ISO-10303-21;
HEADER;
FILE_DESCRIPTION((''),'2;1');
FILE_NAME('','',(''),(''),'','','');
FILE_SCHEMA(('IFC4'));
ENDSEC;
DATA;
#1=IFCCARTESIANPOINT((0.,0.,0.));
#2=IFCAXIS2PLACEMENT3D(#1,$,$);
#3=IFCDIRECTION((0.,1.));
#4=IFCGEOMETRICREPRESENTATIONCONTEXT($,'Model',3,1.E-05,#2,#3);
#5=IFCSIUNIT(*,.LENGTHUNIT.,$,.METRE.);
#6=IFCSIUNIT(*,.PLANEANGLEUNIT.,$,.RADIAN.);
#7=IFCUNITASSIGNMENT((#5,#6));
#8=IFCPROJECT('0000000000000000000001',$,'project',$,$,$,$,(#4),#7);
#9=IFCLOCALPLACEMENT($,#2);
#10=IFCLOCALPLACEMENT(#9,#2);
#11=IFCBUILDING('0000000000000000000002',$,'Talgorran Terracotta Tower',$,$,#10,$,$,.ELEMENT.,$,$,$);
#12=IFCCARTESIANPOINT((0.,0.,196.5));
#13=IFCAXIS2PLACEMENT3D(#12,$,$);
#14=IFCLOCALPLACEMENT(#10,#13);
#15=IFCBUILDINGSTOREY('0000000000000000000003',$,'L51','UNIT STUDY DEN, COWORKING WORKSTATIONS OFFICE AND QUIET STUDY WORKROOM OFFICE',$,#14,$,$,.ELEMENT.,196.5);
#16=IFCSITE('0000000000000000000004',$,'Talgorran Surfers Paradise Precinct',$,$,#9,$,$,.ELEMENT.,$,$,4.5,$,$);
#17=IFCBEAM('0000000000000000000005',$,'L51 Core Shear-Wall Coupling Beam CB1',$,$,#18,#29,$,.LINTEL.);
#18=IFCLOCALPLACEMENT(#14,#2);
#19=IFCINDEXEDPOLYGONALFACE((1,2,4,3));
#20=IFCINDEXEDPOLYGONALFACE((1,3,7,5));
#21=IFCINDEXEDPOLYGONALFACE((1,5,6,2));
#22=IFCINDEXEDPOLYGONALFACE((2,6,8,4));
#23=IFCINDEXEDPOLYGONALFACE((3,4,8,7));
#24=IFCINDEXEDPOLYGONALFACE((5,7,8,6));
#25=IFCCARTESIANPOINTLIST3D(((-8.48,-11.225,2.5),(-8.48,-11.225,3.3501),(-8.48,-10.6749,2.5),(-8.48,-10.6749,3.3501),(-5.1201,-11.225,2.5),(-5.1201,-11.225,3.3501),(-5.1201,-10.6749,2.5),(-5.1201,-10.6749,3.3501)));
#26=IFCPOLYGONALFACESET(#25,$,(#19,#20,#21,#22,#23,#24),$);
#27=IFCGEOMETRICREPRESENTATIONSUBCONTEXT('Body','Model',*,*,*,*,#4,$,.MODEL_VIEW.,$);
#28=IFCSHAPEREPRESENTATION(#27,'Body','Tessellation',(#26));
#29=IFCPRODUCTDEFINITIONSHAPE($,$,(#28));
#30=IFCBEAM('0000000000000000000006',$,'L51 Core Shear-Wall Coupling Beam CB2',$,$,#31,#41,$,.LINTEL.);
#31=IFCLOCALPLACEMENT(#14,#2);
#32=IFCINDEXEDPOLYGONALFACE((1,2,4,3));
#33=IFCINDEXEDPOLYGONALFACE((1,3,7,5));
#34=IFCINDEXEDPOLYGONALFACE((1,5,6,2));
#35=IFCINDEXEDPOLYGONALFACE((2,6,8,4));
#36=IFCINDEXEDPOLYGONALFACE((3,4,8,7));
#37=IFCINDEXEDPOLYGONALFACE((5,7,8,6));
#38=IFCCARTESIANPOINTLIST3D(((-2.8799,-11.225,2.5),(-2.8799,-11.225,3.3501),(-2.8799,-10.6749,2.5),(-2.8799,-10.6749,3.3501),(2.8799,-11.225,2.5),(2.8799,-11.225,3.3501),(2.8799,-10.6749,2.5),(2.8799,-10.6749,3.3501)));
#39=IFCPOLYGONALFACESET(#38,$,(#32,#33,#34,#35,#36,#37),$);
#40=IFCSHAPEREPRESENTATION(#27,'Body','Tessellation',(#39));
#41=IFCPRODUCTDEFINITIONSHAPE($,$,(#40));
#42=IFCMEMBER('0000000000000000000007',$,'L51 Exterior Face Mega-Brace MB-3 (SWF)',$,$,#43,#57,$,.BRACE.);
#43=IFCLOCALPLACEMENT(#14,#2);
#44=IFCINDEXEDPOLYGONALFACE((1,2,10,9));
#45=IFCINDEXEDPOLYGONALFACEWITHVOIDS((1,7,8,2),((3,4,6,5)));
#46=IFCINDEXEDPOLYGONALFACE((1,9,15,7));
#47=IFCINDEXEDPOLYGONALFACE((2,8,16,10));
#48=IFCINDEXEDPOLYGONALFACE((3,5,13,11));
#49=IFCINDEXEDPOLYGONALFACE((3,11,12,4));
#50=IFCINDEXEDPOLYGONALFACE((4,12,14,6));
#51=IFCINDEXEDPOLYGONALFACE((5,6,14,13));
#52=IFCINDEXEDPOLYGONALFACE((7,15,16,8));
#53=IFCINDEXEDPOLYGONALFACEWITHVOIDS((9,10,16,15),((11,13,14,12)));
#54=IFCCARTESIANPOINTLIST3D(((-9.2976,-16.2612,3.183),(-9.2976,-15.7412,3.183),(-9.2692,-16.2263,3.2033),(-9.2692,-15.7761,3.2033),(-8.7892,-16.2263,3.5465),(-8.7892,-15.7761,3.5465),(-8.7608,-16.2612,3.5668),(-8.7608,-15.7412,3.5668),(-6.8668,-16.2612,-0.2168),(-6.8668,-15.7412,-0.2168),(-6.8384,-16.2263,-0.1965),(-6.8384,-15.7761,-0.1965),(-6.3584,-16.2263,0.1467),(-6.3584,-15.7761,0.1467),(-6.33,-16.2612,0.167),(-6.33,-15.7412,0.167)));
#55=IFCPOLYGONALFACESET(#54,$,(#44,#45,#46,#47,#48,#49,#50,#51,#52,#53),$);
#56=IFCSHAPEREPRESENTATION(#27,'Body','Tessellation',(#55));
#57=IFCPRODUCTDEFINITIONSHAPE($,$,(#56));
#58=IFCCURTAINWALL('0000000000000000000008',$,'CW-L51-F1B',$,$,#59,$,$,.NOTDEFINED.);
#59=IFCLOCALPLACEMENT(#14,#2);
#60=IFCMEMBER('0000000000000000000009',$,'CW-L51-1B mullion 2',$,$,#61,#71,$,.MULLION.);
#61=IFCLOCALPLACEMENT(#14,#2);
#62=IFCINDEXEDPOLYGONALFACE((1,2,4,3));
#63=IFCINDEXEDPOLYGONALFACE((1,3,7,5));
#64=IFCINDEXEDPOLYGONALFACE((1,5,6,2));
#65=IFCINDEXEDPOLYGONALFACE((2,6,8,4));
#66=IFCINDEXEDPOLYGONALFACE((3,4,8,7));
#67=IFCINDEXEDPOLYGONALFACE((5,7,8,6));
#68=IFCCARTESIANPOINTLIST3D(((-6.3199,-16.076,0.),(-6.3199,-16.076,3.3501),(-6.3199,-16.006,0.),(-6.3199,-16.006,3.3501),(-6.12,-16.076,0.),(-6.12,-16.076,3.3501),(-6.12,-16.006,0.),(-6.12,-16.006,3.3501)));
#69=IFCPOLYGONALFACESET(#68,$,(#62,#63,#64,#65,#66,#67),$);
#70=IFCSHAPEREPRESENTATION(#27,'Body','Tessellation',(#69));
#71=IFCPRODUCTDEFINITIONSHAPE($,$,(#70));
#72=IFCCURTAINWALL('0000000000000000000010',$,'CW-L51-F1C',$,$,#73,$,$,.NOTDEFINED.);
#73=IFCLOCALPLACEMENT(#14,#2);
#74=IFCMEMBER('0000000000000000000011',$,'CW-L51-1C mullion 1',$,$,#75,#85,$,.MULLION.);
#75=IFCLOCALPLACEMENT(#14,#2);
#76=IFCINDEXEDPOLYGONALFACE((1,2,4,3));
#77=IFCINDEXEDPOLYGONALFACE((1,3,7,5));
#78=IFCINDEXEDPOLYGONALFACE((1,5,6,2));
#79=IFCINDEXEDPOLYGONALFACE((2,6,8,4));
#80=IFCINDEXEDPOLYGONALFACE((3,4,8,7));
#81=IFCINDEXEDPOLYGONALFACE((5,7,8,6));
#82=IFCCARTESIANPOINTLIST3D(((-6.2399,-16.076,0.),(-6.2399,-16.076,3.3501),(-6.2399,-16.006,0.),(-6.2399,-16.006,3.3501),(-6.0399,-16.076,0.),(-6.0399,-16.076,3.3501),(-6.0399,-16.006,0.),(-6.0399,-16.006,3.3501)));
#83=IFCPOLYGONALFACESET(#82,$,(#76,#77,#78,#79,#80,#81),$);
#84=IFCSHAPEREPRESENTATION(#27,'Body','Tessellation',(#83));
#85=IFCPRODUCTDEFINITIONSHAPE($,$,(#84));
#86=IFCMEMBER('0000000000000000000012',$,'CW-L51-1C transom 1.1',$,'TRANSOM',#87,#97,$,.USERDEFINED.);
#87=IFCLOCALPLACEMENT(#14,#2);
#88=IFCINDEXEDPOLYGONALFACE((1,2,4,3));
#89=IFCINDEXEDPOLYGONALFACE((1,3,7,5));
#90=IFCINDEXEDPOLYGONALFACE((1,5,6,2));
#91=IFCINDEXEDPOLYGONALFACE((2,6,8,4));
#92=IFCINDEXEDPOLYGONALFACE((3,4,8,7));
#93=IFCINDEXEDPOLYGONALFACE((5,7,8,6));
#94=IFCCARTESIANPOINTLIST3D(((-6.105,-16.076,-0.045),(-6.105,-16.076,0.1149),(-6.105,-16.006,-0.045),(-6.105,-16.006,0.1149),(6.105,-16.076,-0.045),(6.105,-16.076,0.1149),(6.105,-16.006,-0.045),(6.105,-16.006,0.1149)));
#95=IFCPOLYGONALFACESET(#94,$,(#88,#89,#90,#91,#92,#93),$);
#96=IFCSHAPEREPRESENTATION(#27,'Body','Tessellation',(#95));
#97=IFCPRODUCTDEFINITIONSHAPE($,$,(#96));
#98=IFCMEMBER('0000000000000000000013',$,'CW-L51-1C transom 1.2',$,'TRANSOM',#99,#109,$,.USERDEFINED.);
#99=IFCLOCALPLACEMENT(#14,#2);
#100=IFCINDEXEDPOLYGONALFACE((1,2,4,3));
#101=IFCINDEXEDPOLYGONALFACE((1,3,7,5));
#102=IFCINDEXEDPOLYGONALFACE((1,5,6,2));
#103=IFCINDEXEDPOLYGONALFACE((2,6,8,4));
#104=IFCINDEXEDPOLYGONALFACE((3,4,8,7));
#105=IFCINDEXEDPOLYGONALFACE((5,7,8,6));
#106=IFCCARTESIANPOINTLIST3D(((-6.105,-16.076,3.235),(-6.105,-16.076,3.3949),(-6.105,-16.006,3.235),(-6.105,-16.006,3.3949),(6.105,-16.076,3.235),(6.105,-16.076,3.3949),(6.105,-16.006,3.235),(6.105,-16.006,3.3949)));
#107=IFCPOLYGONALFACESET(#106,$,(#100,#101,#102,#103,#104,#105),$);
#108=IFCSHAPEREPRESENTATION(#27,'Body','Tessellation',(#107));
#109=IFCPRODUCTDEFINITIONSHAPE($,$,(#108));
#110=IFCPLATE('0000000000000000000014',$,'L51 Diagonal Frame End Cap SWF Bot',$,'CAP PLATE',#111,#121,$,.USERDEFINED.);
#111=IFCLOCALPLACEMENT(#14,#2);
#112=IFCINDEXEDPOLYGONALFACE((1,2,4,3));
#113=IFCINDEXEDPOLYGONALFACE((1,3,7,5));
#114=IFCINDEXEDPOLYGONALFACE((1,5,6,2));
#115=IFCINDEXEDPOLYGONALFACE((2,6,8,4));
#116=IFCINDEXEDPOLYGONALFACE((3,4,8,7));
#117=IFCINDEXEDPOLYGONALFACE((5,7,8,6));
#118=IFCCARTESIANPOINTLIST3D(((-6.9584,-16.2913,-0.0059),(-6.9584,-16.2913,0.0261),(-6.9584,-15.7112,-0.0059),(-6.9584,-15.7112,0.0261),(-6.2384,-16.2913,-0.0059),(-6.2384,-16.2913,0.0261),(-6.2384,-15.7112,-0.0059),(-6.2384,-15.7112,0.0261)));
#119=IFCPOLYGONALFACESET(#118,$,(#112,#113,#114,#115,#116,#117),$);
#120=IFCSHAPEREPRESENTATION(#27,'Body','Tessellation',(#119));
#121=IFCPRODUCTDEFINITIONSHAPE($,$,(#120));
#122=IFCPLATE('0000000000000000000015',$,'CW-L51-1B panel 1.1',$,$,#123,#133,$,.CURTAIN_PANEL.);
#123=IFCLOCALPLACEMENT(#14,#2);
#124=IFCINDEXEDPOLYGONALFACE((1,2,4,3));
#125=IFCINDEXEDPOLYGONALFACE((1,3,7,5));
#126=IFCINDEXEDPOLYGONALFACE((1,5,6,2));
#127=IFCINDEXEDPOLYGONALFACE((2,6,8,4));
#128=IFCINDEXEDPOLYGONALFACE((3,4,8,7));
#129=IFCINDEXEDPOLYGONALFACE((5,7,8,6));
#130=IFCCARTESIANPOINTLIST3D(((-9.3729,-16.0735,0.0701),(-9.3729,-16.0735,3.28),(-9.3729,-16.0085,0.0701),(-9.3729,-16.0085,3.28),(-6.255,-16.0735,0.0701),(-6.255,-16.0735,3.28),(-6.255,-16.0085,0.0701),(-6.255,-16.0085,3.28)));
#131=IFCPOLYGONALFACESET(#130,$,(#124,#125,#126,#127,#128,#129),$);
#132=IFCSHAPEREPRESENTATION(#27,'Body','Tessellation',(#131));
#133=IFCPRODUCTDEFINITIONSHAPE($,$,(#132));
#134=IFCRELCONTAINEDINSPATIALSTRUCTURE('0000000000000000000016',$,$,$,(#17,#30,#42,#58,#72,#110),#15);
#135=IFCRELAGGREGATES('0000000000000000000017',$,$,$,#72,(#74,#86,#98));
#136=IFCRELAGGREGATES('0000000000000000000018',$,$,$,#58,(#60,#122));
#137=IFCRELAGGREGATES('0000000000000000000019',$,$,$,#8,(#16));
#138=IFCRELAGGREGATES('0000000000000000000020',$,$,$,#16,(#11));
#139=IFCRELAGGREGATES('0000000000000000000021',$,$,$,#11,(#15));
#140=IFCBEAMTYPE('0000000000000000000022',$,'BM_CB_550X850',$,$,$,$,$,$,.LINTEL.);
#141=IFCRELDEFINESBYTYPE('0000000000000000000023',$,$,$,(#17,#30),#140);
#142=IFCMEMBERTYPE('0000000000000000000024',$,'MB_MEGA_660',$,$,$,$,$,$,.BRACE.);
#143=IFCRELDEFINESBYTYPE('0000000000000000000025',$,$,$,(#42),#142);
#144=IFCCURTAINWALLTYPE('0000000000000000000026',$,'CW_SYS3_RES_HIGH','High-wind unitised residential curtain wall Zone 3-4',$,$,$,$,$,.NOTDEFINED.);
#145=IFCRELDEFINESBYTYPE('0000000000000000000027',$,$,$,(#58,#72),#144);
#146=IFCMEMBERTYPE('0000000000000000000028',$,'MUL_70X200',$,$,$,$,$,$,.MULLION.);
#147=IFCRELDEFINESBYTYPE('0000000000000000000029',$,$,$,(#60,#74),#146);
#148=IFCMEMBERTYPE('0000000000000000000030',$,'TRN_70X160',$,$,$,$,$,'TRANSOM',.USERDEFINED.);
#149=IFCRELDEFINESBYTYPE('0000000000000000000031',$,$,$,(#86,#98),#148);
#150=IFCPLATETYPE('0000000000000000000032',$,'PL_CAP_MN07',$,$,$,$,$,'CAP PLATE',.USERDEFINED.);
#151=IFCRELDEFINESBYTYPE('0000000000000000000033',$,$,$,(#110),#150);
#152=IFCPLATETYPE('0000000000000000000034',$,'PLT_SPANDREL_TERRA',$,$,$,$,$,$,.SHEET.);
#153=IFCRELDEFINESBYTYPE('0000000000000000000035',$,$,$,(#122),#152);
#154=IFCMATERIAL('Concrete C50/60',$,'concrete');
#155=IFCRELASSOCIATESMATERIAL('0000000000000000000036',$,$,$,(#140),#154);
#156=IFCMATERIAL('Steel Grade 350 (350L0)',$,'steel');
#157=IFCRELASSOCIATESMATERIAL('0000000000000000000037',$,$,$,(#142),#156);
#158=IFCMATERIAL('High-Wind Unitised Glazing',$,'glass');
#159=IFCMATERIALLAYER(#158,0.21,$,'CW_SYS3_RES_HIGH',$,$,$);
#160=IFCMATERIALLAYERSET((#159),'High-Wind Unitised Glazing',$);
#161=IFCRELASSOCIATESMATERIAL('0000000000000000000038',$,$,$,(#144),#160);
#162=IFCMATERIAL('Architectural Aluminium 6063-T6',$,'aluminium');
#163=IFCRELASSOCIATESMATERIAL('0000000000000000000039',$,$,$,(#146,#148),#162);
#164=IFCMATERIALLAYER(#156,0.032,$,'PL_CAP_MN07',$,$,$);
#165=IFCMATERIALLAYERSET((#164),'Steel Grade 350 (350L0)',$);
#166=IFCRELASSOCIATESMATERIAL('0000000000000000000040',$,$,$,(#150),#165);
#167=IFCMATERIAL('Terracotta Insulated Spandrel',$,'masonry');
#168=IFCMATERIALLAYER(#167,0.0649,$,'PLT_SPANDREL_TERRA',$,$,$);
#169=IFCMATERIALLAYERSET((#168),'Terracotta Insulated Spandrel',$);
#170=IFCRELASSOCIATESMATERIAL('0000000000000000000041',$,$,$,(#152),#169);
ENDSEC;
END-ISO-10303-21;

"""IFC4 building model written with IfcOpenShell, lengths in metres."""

from ifc_helpers import new_model, si_unit, direction, frame, origin, origin_2d, place, context, subcontext, project, spatial, rectangle, hollow_rectangle, extrude, source, transform, mapped, material, layer, layer_set, material_profile, profile_set, type_object, type_shapes, element, aggregate, save


model = new_model("IFC4")

# Units and contexts
model_context = context("Model", 3, precision=1e-05, world=origin(), true_north=direction((0.0, 1.0)))
body_context = subcontext(model_context, "Body", "Model", "MODEL_VIEW")
ifc_project = project(units=[si_unit("LENGTHUNIT", "METRE"), si_unit("PLANEANGLEUNIT", "RADIAN")], contexts=[model_context])

# Site, building, storey
site_placement = place(None, origin())
site = spatial("IfcSite", under=ifc_project, at=site_placement, Name="Talgorran Surfers Paradise Precinct", CompositionType="ELEMENT", RefElevation=4.5)
building_placement = place(site_placement, origin())
building = spatial("IfcBuilding", under=site, at=building_placement, Name="Talgorran Terracotta Tower", CompositionType="ELEMENT")
storey_placement = place(building_placement, frame((0.0, 0.0, 196.5)))
storey = spatial("IfcBuildingStorey", under=building, at=storey_placement, Name="L51", Description="UNIT STUDY DEN, COWORKING WORKSTATIONS OFFICE AND QUIET STUDY WORKROOM OFFICE", CompositionType="ELEMENT", Elevation=196.5)

# Beams
ifc_material_1 = material(Name="Concrete C50/60", Category="concrete")
ifc_material_profile_1 = material_profile(ifc_material_1, rectangle(XDim=0.55, YDim=0.8501, at=origin_2d()), Name="RCCB550X850")
ifc_profile_set_1 = profile_set([ifc_material_profile_1], Name="Concrete C50/60")
beam_type = type_object("IfcBeamType", Name="BM_CB_550X850", PredefinedType="LINTEL", material=ifc_profile_set_1)
beam_1_placement = place(storey_placement, frame((-8.48, -10.95, 2.925), z_axis=(1.0, 0.0, 0.0), x_axis=(0.0, 1.0, 0.0)))
element("IfcBeam", 1, at=beam_1_placement, inside=storey, type_object=beam_type, Name="L51 Core Shear-Wall Coupling Beam CB1", PredefinedType="LINTEL", context=body_context, shape_type="SweptSolid", body=[
    extrude(rectangle(XDim=0.55, YDim=0.8501, at=origin_2d()), origin(), (0.0, 0.0, 1.0), 3.3599),
])
beam_2_placement = place(storey_placement, frame((-2.8799, -10.95, 2.925), z_axis=(1.0, 0.0, 0.0), x_axis=(0.0, 1.0, 0.0)))
element("IfcBeam", 2, at=beam_2_placement, inside=storey, type_object=beam_type, Name="L51 Core Shear-Wall Coupling Beam CB2", PredefinedType="LINTEL", context=body_context, shape_type="SweptSolid", body=[
    extrude(rectangle(XDim=0.55, YDim=0.8501, at=origin_2d()), origin(), (0.0, 0.0, 1.0), 5.7598),
])

# Member
ifc_material_2 = material(Name="Steel Grade 350 (350L0)", Category="steel")
ifc_material_profile_2 = material_profile(ifc_material_2, hollow_rectangle(XDim=0.52, YDim=0.6599, WallThickness=0.0349, at=origin_2d()), Name="WBOX660X520X35")
ifc_profile_set_2 = profile_set([ifc_material_profile_2], Name="Steel Grade 350 (350L0)")
member_type_1 = type_object("IfcMemberType", Name="MB_MEGA_660", PredefinedType="BRACE", material=ifc_profile_set_2)
member_1_placement = place(storey_placement, frame((-6.5984, -16.0012, -0.0249), z_axis=(-0.581619, 0.0, 0.813461), x_axis=(0.0, -1.0, 0.0)))
element("IfcMember", 3, at=member_1_placement, inside=storey, type_object=member_type_1, Name="L51 Exterior Face Mega-Brace MB-3 (SWF)", PredefinedType="BRACE", context=body_context, shape_type="SweptSolid", body=[
    extrude(hollow_rectangle(XDim=0.52, YDim=0.6599, WallThickness=0.0349, at=origin_2d()), origin(), (0.0, 0.0, 1.0), 4.1794),
])

# Curtain wall, member
ifc_material_3 = material(Name="High-Wind Unitised Glazing", Category="glass")
ifc_layer_1 = layer(ifc_material_3, 0.21, Name="CW_SYS3_RES_HIGH")
ifc_layer_set_1 = layer_set([ifc_layer_1], Name="High-Wind Unitised Glazing")
curtain_wall_type = type_object("IfcCurtainWallType", Name="CW_SYS3_RES_HIGH", Description="High-wind unitised residential curtain wall Zone 3-4", PredefinedType="NOTDEFINED", material=ifc_layer_set_1)
curtain_wall_1_placement = place(storey_placement, origin())
curtain_wall_1 = element("IfcCurtainWall", 4, at=curtain_wall_1_placement, inside=storey, type_object=curtain_wall_type, Name="CW-L51-F1B", PredefinedType="NOTDEFINED")
ifc_material_4 = material(Name="Architectural Aluminium 6063-T6", Category="aluminium")
ifc_material_profile_3 = material_profile(ifc_material_4, rectangle(XDim=0.0701, YDim=0.2, at=origin_2d()), Name="CWM70X200")
ifc_profile_set_3 = profile_set([ifc_material_profile_3], Name="Architectural Aluminium 6063-T6")
member_type_2 = type_object("IfcMemberType", Name="MUL_70X200", PredefinedType="MULLION", material=ifc_profile_set_3)
member_2_placement = place(storey_placement, frame((-6.22, -16.041, 0.0), z_axis=(0.0, 0.0, 1.0), x_axis=(0.0, 1.0, 0.0)))
member_2 = element("IfcMember", 5, at=member_2_placement, type_object=member_type_2, Name="CW-L51-1B mullion 2", PredefinedType="MULLION", context=body_context, shape_type="SweptSolid", body=[
    extrude(rectangle(XDim=0.0701, YDim=0.2, at=origin_2d()), origin(), (0.0, 0.0, 1.0), 3.3501),
])

# Curtain wall, members
curtain_wall_2_placement = place(storey_placement, origin())
curtain_wall_2 = element("IfcCurtainWall", 6, at=curtain_wall_2_placement, inside=storey, type_object=curtain_wall_type, Name="CW-L51-F1C", PredefinedType="NOTDEFINED")
member_3_placement = place(storey_placement, frame((-6.1399, -16.041, 0.0), z_axis=(0.0, 0.0, 1.0), x_axis=(0.0, 1.0, 0.0)))
member_3 = element("IfcMember", 7, at=member_3_placement, type_object=member_type_2, Name="CW-L51-1C mullion 1", PredefinedType="MULLION", context=body_context, shape_type="SweptSolid", body=[
    extrude(rectangle(XDim=0.0701, YDim=0.2, at=origin_2d()), origin(), (0.0, 0.0, 1.0), 3.3501),
])
ifc_material_profile_4 = material_profile(ifc_material_4, rectangle(XDim=0.0701, YDim=0.1599, at=origin_2d()), Name="CWT70X160")
ifc_profile_set_4 = profile_set([ifc_material_profile_4], Name="Architectural Aluminium 6063-T6")
member_type_3 = type_object("IfcMemberType", Name="TRN_70X160", ElementType="TRANSOM", PredefinedType="USERDEFINED", material=ifc_profile_set_4)
member_4_placement = place(storey_placement, frame((-6.105, -16.041, 0.0349), z_axis=(1.0, 0.0, 0.0), x_axis=(0.0, 1.0, 0.0)))
member_4 = element("IfcMember", 8, at=member_4_placement, type_object=member_type_3, Name="CW-L51-1C transom 1.1", ObjectType="TRANSOM", PredefinedType="USERDEFINED", context=body_context, shape_type="SweptSolid", body=[
    extrude(rectangle(XDim=0.0701, YDim=0.1599, at=origin_2d()), origin(), (0.0, 0.0, 1.0), 12.21),
])
member_5_placement = place(storey_placement, frame((-6.105, -16.041, 3.3149), z_axis=(1.0, 0.0, 0.0), x_axis=(0.0, 1.0, 0.0)))
member_5 = element("IfcMember", 9, at=member_5_placement, type_object=member_type_3, Name="CW-L51-1C transom 1.2", ObjectType="TRANSOM", PredefinedType="USERDEFINED", context=body_context, shape_type="SweptSolid", body=[
    extrude(rectangle(XDim=0.0701, YDim=0.1599, at=origin_2d()), origin(), (0.0, 0.0, 1.0), 12.21),
])
aggregate(curtain_wall_2, [member_3, member_4, member_5])

# Plates
ifc_layer_2 = layer(ifc_material_2, 0.032, Name="PL_CAP_MN07")
ifc_layer_set_2 = layer_set([ifc_layer_2], Name="Steel Grade 350 (350L0)")
plate_type_1 = type_object("IfcPlateType", Name="PL_CAP_MN07", ElementType="CAP PLATE", PredefinedType="USERDEFINED", material=ifc_layer_set_2)
plate_1_placement = place(storey_placement, frame((-6.5984, -16.0012, -0.0059), z_axis=(0.0, 0.0, 1.0), x_axis=(-1.0, 0.0, 0.0)))
element("IfcPlate", 10, at=plate_1_placement, inside=storey, type_object=plate_type_1, Name="L51 Diagonal Frame End Cap SWF Bot", ObjectType="CAP PLATE", PredefinedType="USERDEFINED", context=body_context, shape_type="SweptSolid", body=[
    extrude(rectangle(XDim=0.72, YDim=0.5801, at=origin_2d()), origin(), (0.0, 0.0, 1.0), 0.032),
])
ifc_material_5 = material(Name="Terracotta Insulated Spandrel", Category="masonry")
ifc_layer_3 = layer(ifc_material_5, 0.0649, Name="PLT_SPANDREL_TERRA")
ifc_layer_set_3 = layer_set([ifc_layer_3], Name="Terracotta Insulated Spandrel")
plate_type_2 = type_object("IfcPlateType", Name="PLT_SPANDREL_TERRA", PredefinedType="SHEET", material=ifc_layer_set_3)
shared_shape = source(origin(), body_context, "Body", "SweptSolid", [
    extrude(rectangle(XDim=3.1179, YDim=0.0649, at=origin_2d()), origin(), (0.0, 0.0, 1.0), 3.21),
])
type_shapes(plate_type_2, [shared_shape])
plate_2_placement = place(storey_placement, frame((-7.814, -16.041, 0.0701), z_axis=(0.0, 0.0, 1.0), x_axis=(1.0, 0.0, 0.0)))
plate_2 = element("IfcPlate", 11, at=plate_2_placement, type_object=plate_type_2, Name="CW-L51-1B panel 1.1", PredefinedType="CURTAIN_PANEL", context=body_context, shape_type="MappedRepresentation", body=[
    mapped(shared_shape, transform((0.0, 0.0, 0.0), scale=1.0)),
])
aggregate(curtain_wall_1, [member_2, plate_2])

save(model, "model.ifc")
